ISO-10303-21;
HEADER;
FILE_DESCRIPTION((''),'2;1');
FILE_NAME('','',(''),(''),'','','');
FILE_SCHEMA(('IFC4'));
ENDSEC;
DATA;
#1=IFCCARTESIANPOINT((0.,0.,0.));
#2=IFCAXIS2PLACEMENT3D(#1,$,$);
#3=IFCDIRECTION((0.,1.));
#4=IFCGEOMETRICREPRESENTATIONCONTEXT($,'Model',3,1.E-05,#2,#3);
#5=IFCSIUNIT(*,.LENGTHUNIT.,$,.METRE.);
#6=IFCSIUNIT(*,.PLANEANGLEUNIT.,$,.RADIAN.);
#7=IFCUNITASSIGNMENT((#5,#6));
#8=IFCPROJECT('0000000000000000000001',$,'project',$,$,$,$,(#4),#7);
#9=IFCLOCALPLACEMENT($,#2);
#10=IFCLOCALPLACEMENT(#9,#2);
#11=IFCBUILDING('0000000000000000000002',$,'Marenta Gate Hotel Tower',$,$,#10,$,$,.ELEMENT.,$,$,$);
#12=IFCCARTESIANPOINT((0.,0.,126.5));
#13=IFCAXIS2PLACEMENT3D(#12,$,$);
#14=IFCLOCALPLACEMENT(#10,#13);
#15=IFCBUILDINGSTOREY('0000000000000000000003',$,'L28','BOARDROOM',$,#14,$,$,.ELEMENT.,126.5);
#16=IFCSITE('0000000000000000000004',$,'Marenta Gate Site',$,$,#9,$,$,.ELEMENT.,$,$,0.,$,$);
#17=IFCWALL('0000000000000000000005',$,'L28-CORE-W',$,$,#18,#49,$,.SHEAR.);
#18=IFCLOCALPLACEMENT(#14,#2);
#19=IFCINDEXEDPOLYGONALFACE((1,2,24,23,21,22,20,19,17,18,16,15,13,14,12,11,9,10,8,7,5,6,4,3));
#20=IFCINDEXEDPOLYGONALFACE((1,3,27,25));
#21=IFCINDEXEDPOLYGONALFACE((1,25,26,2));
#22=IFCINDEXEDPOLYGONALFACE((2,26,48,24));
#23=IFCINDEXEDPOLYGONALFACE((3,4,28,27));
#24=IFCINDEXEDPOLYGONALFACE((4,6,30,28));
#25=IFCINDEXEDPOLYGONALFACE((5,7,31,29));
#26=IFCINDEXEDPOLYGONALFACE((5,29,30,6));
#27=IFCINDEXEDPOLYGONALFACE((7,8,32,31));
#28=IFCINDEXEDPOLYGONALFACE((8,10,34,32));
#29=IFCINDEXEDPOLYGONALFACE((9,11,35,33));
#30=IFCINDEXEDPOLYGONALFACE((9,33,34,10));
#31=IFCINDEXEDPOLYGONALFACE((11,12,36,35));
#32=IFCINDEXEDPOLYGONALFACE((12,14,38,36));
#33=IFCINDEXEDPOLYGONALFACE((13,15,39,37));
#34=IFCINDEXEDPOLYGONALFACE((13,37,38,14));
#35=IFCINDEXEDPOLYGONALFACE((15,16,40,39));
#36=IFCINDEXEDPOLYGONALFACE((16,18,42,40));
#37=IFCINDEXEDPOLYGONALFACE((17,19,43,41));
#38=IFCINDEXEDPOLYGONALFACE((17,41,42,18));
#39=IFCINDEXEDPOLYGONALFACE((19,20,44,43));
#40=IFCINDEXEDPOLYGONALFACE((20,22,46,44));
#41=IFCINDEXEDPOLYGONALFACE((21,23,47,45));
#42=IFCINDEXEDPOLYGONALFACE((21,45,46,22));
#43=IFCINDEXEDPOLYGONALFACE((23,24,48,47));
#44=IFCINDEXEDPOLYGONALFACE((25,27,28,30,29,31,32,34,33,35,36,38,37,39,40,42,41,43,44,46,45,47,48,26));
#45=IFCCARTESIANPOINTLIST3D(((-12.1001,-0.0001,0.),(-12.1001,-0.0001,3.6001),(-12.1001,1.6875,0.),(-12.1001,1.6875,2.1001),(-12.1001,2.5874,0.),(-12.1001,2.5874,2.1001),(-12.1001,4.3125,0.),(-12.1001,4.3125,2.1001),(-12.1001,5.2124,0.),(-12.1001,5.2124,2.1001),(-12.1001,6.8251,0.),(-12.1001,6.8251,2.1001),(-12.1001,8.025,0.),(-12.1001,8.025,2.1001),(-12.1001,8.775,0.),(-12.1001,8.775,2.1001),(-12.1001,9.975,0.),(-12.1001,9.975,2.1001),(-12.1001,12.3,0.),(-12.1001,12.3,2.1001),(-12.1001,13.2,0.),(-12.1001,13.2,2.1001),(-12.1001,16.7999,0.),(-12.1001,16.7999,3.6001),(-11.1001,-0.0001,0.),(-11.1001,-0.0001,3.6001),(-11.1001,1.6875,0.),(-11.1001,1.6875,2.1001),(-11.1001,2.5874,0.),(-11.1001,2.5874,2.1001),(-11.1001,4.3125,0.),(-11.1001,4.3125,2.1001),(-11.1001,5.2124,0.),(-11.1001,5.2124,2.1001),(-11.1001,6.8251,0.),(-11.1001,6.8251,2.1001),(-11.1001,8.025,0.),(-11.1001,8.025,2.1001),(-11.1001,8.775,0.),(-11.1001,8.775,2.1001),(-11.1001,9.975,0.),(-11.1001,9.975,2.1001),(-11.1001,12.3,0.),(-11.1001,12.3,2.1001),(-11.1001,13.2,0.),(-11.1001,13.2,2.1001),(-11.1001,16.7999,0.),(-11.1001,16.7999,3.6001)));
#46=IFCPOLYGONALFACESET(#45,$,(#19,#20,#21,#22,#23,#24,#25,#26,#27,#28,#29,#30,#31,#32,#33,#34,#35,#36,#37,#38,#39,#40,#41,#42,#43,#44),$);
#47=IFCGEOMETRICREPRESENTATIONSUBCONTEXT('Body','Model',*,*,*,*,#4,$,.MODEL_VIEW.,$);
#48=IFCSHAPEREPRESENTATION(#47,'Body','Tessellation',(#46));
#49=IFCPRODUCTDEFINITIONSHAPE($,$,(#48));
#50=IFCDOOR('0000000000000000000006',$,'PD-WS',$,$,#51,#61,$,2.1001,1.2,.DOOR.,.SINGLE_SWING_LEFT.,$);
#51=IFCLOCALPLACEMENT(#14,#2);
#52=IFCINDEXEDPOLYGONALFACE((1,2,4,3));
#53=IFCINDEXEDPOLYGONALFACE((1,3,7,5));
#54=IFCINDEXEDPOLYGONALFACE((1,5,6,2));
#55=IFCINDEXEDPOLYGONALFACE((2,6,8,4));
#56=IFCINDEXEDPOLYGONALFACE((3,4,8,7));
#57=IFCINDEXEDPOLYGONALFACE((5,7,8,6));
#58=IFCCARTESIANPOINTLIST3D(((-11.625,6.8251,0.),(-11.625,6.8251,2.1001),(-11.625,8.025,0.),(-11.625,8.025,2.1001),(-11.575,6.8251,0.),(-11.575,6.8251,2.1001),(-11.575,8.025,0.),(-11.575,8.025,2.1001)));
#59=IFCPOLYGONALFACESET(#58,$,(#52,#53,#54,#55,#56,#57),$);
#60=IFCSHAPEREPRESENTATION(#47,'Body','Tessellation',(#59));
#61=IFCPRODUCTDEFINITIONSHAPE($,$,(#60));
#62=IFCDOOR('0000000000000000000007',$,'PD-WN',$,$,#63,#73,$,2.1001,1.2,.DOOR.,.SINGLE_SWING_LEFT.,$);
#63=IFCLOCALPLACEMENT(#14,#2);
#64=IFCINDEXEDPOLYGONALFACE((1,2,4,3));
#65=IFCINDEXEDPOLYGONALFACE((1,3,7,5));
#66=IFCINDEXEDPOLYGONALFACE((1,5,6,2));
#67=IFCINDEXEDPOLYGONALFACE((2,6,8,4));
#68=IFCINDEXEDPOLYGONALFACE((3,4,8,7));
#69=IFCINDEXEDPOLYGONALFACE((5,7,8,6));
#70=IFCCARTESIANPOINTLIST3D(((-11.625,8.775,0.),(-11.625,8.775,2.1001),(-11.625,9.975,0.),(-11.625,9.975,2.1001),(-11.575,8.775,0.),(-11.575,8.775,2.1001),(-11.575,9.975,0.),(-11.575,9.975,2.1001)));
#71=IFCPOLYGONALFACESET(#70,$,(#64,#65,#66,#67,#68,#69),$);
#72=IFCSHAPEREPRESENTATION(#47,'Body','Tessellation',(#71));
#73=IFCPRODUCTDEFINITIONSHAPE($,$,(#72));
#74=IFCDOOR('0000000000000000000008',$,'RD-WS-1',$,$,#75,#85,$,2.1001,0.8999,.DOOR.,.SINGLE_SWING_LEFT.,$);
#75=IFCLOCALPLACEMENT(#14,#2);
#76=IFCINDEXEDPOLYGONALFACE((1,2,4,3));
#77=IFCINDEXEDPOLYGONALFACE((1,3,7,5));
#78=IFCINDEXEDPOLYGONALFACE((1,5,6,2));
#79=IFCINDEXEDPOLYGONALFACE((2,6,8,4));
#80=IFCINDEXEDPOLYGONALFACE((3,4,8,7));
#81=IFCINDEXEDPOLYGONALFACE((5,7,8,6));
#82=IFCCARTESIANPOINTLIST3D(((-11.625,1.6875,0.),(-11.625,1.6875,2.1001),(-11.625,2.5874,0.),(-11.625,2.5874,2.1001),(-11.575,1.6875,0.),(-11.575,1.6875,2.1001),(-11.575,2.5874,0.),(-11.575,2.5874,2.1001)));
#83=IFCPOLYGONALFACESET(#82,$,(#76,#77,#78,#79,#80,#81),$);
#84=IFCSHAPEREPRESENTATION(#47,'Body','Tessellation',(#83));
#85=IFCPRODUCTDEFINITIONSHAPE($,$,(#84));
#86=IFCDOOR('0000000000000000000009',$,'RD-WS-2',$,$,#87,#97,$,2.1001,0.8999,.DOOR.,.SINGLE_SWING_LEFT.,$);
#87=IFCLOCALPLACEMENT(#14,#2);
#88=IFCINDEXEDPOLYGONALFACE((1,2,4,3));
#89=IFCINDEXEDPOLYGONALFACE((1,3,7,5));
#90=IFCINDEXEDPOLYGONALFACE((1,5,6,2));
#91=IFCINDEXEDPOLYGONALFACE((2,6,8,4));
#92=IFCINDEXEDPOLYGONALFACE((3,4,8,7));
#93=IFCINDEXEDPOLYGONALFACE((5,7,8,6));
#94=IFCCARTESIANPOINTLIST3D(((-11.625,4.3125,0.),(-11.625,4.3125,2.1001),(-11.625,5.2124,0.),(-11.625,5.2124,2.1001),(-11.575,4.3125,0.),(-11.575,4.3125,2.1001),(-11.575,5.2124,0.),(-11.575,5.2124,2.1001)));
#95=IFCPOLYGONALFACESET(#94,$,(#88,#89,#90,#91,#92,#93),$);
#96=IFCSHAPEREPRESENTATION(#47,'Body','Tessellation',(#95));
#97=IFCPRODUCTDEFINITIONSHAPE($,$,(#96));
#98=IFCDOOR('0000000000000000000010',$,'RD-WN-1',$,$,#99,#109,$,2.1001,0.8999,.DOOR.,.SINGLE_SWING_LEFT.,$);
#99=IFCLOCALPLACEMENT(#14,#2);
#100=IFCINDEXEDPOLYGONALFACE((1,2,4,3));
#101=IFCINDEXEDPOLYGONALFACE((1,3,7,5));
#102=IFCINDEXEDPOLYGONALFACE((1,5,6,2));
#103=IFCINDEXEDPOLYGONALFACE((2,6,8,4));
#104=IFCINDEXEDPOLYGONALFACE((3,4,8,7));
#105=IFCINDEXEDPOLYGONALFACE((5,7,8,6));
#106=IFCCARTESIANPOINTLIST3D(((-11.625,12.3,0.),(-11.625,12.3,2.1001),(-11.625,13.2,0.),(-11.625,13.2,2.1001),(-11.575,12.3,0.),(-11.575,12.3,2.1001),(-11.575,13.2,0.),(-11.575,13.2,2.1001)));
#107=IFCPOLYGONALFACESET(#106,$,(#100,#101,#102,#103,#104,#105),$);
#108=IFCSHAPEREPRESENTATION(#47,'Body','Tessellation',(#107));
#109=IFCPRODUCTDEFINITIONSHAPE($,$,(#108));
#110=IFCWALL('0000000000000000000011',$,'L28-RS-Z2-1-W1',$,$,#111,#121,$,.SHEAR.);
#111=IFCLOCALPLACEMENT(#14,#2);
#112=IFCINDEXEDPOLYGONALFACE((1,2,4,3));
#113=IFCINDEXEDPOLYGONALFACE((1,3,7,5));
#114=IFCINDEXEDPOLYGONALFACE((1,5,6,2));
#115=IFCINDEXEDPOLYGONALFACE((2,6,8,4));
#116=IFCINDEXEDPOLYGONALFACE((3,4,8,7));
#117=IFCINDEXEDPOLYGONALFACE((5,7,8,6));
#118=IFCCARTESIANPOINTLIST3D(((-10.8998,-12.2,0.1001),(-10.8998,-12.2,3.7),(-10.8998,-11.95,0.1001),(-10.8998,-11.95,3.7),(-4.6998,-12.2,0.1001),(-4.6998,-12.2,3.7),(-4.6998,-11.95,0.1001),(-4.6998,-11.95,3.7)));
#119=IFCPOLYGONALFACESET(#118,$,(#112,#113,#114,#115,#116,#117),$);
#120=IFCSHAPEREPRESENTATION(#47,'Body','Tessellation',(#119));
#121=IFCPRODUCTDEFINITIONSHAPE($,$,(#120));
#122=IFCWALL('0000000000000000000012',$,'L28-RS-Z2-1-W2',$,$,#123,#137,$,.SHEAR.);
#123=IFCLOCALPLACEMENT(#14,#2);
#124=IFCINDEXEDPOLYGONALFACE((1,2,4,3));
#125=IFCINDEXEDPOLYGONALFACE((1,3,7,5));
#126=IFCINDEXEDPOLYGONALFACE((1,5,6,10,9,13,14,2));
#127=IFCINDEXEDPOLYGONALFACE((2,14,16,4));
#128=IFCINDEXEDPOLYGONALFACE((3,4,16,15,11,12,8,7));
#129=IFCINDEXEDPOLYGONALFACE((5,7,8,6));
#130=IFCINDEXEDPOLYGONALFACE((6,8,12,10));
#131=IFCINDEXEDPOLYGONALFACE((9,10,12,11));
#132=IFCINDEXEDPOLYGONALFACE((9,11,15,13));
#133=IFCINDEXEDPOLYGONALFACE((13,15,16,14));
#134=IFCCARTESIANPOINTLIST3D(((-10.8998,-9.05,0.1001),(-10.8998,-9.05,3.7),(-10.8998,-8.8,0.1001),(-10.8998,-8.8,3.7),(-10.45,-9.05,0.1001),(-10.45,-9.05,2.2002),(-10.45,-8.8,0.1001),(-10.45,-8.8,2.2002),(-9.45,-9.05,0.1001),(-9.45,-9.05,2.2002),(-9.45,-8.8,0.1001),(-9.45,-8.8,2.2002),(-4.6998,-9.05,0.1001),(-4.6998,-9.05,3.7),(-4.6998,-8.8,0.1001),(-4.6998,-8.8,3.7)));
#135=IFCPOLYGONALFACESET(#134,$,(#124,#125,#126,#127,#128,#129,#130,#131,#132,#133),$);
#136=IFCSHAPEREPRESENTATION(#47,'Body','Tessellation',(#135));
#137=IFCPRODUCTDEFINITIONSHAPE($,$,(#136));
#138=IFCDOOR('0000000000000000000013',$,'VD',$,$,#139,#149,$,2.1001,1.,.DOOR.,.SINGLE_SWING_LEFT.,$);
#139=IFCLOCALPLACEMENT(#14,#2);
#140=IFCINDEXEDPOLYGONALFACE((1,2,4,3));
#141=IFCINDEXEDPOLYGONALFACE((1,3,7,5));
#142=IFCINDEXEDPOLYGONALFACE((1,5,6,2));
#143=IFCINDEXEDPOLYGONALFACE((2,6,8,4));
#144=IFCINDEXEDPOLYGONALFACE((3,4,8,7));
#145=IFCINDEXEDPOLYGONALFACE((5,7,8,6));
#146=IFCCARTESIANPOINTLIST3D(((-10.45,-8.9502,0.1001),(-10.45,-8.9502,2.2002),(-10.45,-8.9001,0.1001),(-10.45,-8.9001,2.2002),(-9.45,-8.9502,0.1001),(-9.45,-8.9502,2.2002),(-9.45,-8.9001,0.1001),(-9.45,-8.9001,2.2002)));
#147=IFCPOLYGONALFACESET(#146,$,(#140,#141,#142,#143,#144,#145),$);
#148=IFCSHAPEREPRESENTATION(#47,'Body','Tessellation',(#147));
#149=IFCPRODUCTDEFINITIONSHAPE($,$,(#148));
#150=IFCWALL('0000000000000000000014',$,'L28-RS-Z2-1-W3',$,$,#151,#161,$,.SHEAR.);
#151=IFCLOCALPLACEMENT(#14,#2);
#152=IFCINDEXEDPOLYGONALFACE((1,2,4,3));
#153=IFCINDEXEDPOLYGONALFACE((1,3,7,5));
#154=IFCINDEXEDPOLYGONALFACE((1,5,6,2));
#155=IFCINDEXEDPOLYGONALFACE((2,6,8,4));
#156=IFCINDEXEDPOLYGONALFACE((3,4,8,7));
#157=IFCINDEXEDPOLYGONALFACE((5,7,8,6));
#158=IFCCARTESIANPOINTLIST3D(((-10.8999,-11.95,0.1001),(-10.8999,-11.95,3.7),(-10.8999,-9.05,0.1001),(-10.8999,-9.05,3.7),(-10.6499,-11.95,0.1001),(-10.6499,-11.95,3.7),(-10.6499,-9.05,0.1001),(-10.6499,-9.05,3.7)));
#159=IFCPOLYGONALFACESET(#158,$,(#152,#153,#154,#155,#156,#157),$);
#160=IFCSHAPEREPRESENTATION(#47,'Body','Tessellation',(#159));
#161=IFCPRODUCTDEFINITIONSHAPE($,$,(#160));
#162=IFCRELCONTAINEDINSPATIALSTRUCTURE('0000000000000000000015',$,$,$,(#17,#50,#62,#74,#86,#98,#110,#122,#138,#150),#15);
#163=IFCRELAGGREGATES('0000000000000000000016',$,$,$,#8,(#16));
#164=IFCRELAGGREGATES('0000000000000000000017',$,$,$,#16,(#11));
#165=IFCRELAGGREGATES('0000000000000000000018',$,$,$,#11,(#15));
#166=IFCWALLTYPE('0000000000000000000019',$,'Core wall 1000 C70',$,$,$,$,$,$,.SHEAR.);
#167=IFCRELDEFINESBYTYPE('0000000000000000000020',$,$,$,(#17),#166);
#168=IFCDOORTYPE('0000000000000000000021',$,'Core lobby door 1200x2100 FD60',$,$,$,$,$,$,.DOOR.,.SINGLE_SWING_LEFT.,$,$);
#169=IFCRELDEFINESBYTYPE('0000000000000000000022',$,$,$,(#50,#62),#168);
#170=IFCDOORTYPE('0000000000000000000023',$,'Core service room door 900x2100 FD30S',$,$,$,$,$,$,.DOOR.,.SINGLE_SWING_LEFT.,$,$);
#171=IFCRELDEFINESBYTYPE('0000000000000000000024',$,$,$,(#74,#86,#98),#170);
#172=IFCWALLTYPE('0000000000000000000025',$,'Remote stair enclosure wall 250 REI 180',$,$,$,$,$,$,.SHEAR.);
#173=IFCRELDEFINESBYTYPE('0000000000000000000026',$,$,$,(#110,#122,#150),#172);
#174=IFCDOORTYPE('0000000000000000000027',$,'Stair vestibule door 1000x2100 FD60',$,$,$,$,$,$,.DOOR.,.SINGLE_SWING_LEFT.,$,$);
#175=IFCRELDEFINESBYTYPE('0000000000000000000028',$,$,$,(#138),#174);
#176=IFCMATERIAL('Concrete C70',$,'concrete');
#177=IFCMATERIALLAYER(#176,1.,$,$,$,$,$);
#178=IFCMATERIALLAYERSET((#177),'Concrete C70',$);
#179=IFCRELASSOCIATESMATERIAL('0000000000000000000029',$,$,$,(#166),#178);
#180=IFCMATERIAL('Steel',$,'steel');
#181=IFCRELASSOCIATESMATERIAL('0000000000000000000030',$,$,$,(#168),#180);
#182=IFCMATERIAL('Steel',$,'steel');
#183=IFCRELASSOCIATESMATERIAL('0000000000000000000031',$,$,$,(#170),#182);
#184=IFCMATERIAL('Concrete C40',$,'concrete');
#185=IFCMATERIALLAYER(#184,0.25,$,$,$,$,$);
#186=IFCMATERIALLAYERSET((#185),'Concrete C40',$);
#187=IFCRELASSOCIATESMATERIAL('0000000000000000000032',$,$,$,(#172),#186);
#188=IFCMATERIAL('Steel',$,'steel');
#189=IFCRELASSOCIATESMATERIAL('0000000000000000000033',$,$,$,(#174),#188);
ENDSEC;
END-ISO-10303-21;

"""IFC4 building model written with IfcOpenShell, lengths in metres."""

from ifc_helpers import new_model, si_unit, direction, frame, frame_2d, origin, place, context, subcontext, project, spatial, rectangle, extrude, material, layer, layer_set, type_object, element, fill, save


model = new_model("IFC4")

# Units and contexts
model_context = context("Model", 3, precision=1e-05, world=origin(), true_north=direction((0.0, 1.0)))
body_context = subcontext(model_context, "Body", "Model", "MODEL_VIEW")
ifc_project = project(units=[si_unit("LENGTHUNIT", "METRE"), si_unit("PLANEANGLEUNIT", "RADIAN")], contexts=[model_context])

# Site, building, storey
site_placement = place(None, origin())
site = spatial("IfcSite", under=ifc_project, at=site_placement, Name="Marenta Gate Site", CompositionType="ELEMENT", RefElevation=0.0)
building_placement = place(site_placement, origin())
building = spatial("IfcBuilding", under=site, at=building_placement, Name="Marenta Gate Hotel Tower", CompositionType="ELEMENT")
storey_placement = place(building_placement, frame((0.0, 0.0, 126.5)))
storey = spatial("IfcBuildingStorey", under=building, at=storey_placement, Name="L28", Description="BOARDROOM", CompositionType="ELEMENT", Elevation=126.5)

# Wall, openings, doors
ifc_material_1 = material(Name="Concrete C70", Category="concrete")
ifc_layer_1 = layer(ifc_material_1, 1.0)
ifc_layer_set_1 = layer_set([ifc_layer_1], Name="Concrete C70")
wall_type_1 = type_object("IfcWallType", Name="Core wall 1000 C70", PredefinedType="SHEAR", material=ifc_layer_set_1)
wall_1_placement = place(storey_placement, frame((-11.6001, 0.0, 0.0), z_axis=(0.0, 0.0, 1.0), x_axis=(0.0, 1.0, 0.0)))
wall_1 = element("IfcWall", 1, at=wall_1_placement, inside=storey, type_object=wall_type_1, Name="L28-CORE-W", PredefinedType="SHEAR", context=body_context, shape_type="SweptSolid", body=[
    extrude(rectangle(XDim=16.8, YDim=1.0, at=frame_2d((8.3999, 0.0))), origin(), (0.0, 0.0, 1.0), 3.6001),
])
opening_1_placement = place(wall_1_placement, frame((1.6875, 0.0, 0.0)))
opening_1 = element("IfcOpeningElement", 2, at=opening_1_placement, cuts=wall_1, PredefinedType="OPENING", context=body_context, shape_type="SweptSolid", body=[
    extrude(rectangle(XDim=0.8999, YDim=2.1001, at=frame_2d((0.45, 1.05))), frame((0.0, 0.5, 0.0), z_axis=(0.0, -1.0, 0.0), x_axis=(1.0, 0.0, 0.0)), (0.0, 0.0, 1.0), 1.0),
])
opening_2_placement = place(wall_1_placement, frame((4.3125, 0.0, 0.0)))
opening_2 = element("IfcOpeningElement", 3, at=opening_2_placement, cuts=wall_1, PredefinedType="OPENING", context=body_context, shape_type="SweptSolid", body=[
    extrude(rectangle(XDim=0.8999, YDim=2.1001, at=frame_2d((0.45, 1.05))), frame((0.0, 0.5, 0.0), z_axis=(0.0, -1.0, 0.0), x_axis=(1.0, 0.0, 0.0)), (0.0, 0.0, 1.0), 1.0),
])
opening_3_placement = place(wall_1_placement, frame((6.825, 0.0, 0.0)))
opening_3 = element("IfcOpeningElement", 4, at=opening_3_placement, cuts=wall_1, PredefinedType="OPENING", context=body_context, shape_type="SweptSolid", body=[
    extrude(rectangle(XDim=1.2, YDim=2.1001, at=frame_2d((0.6001, 1.05))), frame((0.0, 0.5, 0.0), z_axis=(0.0, -1.0, 0.0), x_axis=(1.0, 0.0, 0.0)), (0.0, 0.0, 1.0), 1.0),
])
opening_4_placement = place(wall_1_placement, frame((12.3, 0.0, 0.0)))
opening_4 = element("IfcOpeningElement", 5, at=opening_4_placement, cuts=wall_1, PredefinedType="OPENING", context=body_context, shape_type="SweptSolid", body=[
    extrude(rectangle(XDim=0.8999, YDim=2.1001, at=frame_2d((0.45, 1.05))), frame((0.0, 0.5, 0.0), z_axis=(0.0, -1.0, 0.0), x_axis=(1.0, 0.0, 0.0)), (0.0, 0.0, 1.0), 1.0),
])
opening_5_placement = place(wall_1_placement, frame((8.7749, 0.0, 0.0)))
opening_5 = element("IfcOpeningElement", 6, at=opening_5_placement, cuts=wall_1, PredefinedType="OPENING", context=body_context, shape_type="SweptSolid", body=[
    extrude(rectangle(XDim=1.2, YDim=2.1001, at=frame_2d((0.6001, 1.05))), frame((0.0, 0.5, 0.0), z_axis=(0.0, -1.0, 0.0), x_axis=(1.0, 0.0, 0.0)), (0.0, 0.0, 1.0), 1.0),
])
ifc_material_2 = material(Name="Steel", Category="steel")
door_type_1 = type_object("IfcDoorType", Name="Core lobby door 1200x2100 FD60", OperationType="SINGLE_SWING_LEFT", PredefinedType="DOOR", material=ifc_material_2)
door_1_placement = place(opening_3_placement, origin())
door_1 = element("IfcDoor", 7, at=door_1_placement, inside=storey, type_object=door_type_1, Name="PD-WS", OperationType="SINGLE_SWING_LEFT", OverallHeight=2.1001, OverallWidth=1.2, PredefinedType="DOOR", context=body_context, shape_type="SweptSolid", body=[
    extrude(rectangle(XDim=1.2, YDim=2.1001, at=frame_2d((0.6001, 1.05))), frame((0.0, 0.0249, 0.0), z_axis=(0.0, -1.0, 0.0), x_axis=(1.0, 0.0, 0.0)), (0.0, 0.0, 1.0), 0.05),
])
fill(opening_3, door_1)
door_2_placement = place(opening_5_placement, origin())
door_2 = element("IfcDoor", 8, at=door_2_placement, inside=storey, type_object=door_type_1, Name="PD-WN", OperationType="SINGLE_SWING_LEFT", OverallHeight=2.1001, OverallWidth=1.2, PredefinedType="DOOR", context=body_context, shape_type="SweptSolid", body=[
    extrude(rectangle(XDim=1.2, YDim=2.1001, at=frame_2d((0.6001, 1.05))), frame((0.0, 0.0249, 0.0), z_axis=(0.0, -1.0, 0.0), x_axis=(1.0, 0.0, 0.0)), (0.0, 0.0, 1.0), 0.05),
])
fill(opening_5, door_2)
ifc_material_3 = material(Name="Steel", Category="steel")
door_type_2 = type_object("IfcDoorType", Name="Core service room door 900x2100 FD30S", OperationType="SINGLE_SWING_LEFT", PredefinedType="DOOR", material=ifc_material_3)
door_3_placement = place(opening_1_placement, origin())
door_3 = element("IfcDoor", 9, at=door_3_placement, inside=storey, type_object=door_type_2, Name="RD-WS-1", OperationType="SINGLE_SWING_LEFT", OverallHeight=2.1001, OverallWidth=0.8999, PredefinedType="DOOR", context=body_context, shape_type="SweptSolid", body=[
    extrude(rectangle(XDim=0.8999, YDim=2.1001, at=frame_2d((0.45, 1.05))), frame((0.0, 0.0249, 0.0), z_axis=(0.0, -1.0, 0.0), x_axis=(1.0, 0.0, 0.0)), (0.0, 0.0, 1.0), 0.05),
])
fill(opening_1, door_3)
door_4_placement = place(opening_2_placement, origin())
door_4 = element("IfcDoor", 10, at=door_4_placement, inside=storey, type_object=door_type_2, Name="RD-WS-2", OperationType="SINGLE_SWING_LEFT", OverallHeight=2.1001, OverallWidth=0.8999, PredefinedType="DOOR", context=body_context, shape_type="SweptSolid", body=[
    extrude(rectangle(XDim=0.8999, YDim=2.1001, at=frame_2d((0.45, 1.05))), frame((0.0, 0.0249, 0.0), z_axis=(0.0, -1.0, 0.0), x_axis=(1.0, 0.0, 0.0)), (0.0, 0.0, 1.0), 0.05),
])
fill(opening_2, door_4)
door_5_placement = place(opening_4_placement, origin())
door_5 = element("IfcDoor", 11, at=door_5_placement, inside=storey, type_object=door_type_2, Name="RD-WN-1", OperationType="SINGLE_SWING_LEFT", OverallHeight=2.1001, OverallWidth=0.8999, PredefinedType="DOOR", context=body_context, shape_type="SweptSolid", body=[
    extrude(rectangle(XDim=0.8999, YDim=2.1001, at=frame_2d((0.45, 1.05))), frame((0.0, 0.0249, 0.0), z_axis=(0.0, -1.0, 0.0), x_axis=(1.0, 0.0, 0.0)), (0.0, 0.0, 1.0), 0.05),
])
fill(opening_4, door_5)

# Wall
ifc_material_4 = material(Name="Concrete C40", Category="concrete")
ifc_layer_2 = layer(ifc_material_4, 0.25)
ifc_layer_set_2 = layer_set([ifc_layer_2], Name="Concrete C40")
wall_type_2 = type_object("IfcWallType", Name="Remote stair enclosure wall 250 REI 180", PredefinedType="SHEAR", material=ifc_layer_set_2)
wall_2_placement = place(storey_placement, frame((-10.8999, -12.075, 0.1001), z_axis=(0.0, 0.0, 1.0), x_axis=(1.0, 0.0, 0.0)))
element("IfcWall", 12, at=wall_2_placement, inside=storey, type_object=wall_type_2, Name="L28-RS-Z2-1-W1", PredefinedType="SHEAR", context=body_context, shape_type="SweptSolid", body=[
    extrude(rectangle(XDim=6.2, YDim=0.25, at=frame_2d((3.1001, 0.0))), origin(), (0.0, 0.0, 1.0), 3.5999),
])

# Wall, opening, door
wall_3_placement = place(storey_placement, frame((-10.8999, -8.925, 0.1001), z_axis=(0.0, 0.0, 1.0), x_axis=(1.0, 0.0, 0.0)))
wall_3 = element("IfcWall", 13, at=wall_3_placement, inside=storey, type_object=wall_type_2, Name="L28-RS-Z2-1-W2", PredefinedType="SHEAR", context=body_context, shape_type="SweptSolid", body=[
    extrude(rectangle(XDim=6.2, YDim=0.25, at=frame_2d((3.1001, 0.0))), origin(), (0.0, 0.0, 1.0), 3.5999),
])
opening_6_placement = place(wall_3_placement, frame((0.45, 0.0, 0.0)))
opening_6 = element("IfcOpeningElement", 14, at=opening_6_placement, cuts=wall_3, PredefinedType="OPENING", context=body_context, shape_type="SweptSolid", body=[
    extrude(rectangle(XDim=1.0, YDim=2.1001, at=frame_2d((0.5, 1.05))), frame((0.0, 0.125, 0.0), z_axis=(0.0, -1.0, 0.0), x_axis=(1.0, 0.0, 0.0)), (0.0, 0.0, 1.0), 0.25),
])
ifc_material_5 = material(Name="Steel", Category="steel")
door_type_3 = type_object("IfcDoorType", Name="Stair vestibule door 1000x2100 FD60", OperationType="SINGLE_SWING_LEFT", PredefinedType="DOOR", material=ifc_material_5)
door_6_placement = place(opening_6_placement, origin())
door_6 = element("IfcDoor", 15, at=door_6_placement, inside=storey, type_object=door_type_3, Name="VD", OperationType="SINGLE_SWING_LEFT", OverallHeight=2.1001, OverallWidth=1.0, PredefinedType="DOOR", context=body_context, shape_type="SweptSolid", body=[
    extrude(rectangle(XDim=1.0, YDim=2.1001, at=frame_2d((0.5, 1.05))), frame((0.0, 0.0249, 0.0), z_axis=(0.0, -1.0, 0.0), x_axis=(1.0, 0.0, 0.0)), (0.0, 0.0, 1.0), 0.05),
])
fill(opening_6, door_6)

# Wall
wall_4_placement = place(storey_placement, frame((-10.7749, -11.95, 0.1001), z_axis=(0.0, 0.0, 1.0), x_axis=(0.0, 1.0, 0.0)))
element("IfcWall", 16, at=wall_4_placement, inside=storey, type_object=wall_type_2, Name="L28-RS-Z2-1-W3", PredefinedType="SHEAR", context=body_context, shape_type="SweptSolid", body=[
    extrude(rectangle(XDim=2.8999, YDim=0.25, at=frame_2d((1.45, 0.0))), origin(), (0.0, 0.0, 1.0), 3.5999),
])

save(model, "model.ifc")
